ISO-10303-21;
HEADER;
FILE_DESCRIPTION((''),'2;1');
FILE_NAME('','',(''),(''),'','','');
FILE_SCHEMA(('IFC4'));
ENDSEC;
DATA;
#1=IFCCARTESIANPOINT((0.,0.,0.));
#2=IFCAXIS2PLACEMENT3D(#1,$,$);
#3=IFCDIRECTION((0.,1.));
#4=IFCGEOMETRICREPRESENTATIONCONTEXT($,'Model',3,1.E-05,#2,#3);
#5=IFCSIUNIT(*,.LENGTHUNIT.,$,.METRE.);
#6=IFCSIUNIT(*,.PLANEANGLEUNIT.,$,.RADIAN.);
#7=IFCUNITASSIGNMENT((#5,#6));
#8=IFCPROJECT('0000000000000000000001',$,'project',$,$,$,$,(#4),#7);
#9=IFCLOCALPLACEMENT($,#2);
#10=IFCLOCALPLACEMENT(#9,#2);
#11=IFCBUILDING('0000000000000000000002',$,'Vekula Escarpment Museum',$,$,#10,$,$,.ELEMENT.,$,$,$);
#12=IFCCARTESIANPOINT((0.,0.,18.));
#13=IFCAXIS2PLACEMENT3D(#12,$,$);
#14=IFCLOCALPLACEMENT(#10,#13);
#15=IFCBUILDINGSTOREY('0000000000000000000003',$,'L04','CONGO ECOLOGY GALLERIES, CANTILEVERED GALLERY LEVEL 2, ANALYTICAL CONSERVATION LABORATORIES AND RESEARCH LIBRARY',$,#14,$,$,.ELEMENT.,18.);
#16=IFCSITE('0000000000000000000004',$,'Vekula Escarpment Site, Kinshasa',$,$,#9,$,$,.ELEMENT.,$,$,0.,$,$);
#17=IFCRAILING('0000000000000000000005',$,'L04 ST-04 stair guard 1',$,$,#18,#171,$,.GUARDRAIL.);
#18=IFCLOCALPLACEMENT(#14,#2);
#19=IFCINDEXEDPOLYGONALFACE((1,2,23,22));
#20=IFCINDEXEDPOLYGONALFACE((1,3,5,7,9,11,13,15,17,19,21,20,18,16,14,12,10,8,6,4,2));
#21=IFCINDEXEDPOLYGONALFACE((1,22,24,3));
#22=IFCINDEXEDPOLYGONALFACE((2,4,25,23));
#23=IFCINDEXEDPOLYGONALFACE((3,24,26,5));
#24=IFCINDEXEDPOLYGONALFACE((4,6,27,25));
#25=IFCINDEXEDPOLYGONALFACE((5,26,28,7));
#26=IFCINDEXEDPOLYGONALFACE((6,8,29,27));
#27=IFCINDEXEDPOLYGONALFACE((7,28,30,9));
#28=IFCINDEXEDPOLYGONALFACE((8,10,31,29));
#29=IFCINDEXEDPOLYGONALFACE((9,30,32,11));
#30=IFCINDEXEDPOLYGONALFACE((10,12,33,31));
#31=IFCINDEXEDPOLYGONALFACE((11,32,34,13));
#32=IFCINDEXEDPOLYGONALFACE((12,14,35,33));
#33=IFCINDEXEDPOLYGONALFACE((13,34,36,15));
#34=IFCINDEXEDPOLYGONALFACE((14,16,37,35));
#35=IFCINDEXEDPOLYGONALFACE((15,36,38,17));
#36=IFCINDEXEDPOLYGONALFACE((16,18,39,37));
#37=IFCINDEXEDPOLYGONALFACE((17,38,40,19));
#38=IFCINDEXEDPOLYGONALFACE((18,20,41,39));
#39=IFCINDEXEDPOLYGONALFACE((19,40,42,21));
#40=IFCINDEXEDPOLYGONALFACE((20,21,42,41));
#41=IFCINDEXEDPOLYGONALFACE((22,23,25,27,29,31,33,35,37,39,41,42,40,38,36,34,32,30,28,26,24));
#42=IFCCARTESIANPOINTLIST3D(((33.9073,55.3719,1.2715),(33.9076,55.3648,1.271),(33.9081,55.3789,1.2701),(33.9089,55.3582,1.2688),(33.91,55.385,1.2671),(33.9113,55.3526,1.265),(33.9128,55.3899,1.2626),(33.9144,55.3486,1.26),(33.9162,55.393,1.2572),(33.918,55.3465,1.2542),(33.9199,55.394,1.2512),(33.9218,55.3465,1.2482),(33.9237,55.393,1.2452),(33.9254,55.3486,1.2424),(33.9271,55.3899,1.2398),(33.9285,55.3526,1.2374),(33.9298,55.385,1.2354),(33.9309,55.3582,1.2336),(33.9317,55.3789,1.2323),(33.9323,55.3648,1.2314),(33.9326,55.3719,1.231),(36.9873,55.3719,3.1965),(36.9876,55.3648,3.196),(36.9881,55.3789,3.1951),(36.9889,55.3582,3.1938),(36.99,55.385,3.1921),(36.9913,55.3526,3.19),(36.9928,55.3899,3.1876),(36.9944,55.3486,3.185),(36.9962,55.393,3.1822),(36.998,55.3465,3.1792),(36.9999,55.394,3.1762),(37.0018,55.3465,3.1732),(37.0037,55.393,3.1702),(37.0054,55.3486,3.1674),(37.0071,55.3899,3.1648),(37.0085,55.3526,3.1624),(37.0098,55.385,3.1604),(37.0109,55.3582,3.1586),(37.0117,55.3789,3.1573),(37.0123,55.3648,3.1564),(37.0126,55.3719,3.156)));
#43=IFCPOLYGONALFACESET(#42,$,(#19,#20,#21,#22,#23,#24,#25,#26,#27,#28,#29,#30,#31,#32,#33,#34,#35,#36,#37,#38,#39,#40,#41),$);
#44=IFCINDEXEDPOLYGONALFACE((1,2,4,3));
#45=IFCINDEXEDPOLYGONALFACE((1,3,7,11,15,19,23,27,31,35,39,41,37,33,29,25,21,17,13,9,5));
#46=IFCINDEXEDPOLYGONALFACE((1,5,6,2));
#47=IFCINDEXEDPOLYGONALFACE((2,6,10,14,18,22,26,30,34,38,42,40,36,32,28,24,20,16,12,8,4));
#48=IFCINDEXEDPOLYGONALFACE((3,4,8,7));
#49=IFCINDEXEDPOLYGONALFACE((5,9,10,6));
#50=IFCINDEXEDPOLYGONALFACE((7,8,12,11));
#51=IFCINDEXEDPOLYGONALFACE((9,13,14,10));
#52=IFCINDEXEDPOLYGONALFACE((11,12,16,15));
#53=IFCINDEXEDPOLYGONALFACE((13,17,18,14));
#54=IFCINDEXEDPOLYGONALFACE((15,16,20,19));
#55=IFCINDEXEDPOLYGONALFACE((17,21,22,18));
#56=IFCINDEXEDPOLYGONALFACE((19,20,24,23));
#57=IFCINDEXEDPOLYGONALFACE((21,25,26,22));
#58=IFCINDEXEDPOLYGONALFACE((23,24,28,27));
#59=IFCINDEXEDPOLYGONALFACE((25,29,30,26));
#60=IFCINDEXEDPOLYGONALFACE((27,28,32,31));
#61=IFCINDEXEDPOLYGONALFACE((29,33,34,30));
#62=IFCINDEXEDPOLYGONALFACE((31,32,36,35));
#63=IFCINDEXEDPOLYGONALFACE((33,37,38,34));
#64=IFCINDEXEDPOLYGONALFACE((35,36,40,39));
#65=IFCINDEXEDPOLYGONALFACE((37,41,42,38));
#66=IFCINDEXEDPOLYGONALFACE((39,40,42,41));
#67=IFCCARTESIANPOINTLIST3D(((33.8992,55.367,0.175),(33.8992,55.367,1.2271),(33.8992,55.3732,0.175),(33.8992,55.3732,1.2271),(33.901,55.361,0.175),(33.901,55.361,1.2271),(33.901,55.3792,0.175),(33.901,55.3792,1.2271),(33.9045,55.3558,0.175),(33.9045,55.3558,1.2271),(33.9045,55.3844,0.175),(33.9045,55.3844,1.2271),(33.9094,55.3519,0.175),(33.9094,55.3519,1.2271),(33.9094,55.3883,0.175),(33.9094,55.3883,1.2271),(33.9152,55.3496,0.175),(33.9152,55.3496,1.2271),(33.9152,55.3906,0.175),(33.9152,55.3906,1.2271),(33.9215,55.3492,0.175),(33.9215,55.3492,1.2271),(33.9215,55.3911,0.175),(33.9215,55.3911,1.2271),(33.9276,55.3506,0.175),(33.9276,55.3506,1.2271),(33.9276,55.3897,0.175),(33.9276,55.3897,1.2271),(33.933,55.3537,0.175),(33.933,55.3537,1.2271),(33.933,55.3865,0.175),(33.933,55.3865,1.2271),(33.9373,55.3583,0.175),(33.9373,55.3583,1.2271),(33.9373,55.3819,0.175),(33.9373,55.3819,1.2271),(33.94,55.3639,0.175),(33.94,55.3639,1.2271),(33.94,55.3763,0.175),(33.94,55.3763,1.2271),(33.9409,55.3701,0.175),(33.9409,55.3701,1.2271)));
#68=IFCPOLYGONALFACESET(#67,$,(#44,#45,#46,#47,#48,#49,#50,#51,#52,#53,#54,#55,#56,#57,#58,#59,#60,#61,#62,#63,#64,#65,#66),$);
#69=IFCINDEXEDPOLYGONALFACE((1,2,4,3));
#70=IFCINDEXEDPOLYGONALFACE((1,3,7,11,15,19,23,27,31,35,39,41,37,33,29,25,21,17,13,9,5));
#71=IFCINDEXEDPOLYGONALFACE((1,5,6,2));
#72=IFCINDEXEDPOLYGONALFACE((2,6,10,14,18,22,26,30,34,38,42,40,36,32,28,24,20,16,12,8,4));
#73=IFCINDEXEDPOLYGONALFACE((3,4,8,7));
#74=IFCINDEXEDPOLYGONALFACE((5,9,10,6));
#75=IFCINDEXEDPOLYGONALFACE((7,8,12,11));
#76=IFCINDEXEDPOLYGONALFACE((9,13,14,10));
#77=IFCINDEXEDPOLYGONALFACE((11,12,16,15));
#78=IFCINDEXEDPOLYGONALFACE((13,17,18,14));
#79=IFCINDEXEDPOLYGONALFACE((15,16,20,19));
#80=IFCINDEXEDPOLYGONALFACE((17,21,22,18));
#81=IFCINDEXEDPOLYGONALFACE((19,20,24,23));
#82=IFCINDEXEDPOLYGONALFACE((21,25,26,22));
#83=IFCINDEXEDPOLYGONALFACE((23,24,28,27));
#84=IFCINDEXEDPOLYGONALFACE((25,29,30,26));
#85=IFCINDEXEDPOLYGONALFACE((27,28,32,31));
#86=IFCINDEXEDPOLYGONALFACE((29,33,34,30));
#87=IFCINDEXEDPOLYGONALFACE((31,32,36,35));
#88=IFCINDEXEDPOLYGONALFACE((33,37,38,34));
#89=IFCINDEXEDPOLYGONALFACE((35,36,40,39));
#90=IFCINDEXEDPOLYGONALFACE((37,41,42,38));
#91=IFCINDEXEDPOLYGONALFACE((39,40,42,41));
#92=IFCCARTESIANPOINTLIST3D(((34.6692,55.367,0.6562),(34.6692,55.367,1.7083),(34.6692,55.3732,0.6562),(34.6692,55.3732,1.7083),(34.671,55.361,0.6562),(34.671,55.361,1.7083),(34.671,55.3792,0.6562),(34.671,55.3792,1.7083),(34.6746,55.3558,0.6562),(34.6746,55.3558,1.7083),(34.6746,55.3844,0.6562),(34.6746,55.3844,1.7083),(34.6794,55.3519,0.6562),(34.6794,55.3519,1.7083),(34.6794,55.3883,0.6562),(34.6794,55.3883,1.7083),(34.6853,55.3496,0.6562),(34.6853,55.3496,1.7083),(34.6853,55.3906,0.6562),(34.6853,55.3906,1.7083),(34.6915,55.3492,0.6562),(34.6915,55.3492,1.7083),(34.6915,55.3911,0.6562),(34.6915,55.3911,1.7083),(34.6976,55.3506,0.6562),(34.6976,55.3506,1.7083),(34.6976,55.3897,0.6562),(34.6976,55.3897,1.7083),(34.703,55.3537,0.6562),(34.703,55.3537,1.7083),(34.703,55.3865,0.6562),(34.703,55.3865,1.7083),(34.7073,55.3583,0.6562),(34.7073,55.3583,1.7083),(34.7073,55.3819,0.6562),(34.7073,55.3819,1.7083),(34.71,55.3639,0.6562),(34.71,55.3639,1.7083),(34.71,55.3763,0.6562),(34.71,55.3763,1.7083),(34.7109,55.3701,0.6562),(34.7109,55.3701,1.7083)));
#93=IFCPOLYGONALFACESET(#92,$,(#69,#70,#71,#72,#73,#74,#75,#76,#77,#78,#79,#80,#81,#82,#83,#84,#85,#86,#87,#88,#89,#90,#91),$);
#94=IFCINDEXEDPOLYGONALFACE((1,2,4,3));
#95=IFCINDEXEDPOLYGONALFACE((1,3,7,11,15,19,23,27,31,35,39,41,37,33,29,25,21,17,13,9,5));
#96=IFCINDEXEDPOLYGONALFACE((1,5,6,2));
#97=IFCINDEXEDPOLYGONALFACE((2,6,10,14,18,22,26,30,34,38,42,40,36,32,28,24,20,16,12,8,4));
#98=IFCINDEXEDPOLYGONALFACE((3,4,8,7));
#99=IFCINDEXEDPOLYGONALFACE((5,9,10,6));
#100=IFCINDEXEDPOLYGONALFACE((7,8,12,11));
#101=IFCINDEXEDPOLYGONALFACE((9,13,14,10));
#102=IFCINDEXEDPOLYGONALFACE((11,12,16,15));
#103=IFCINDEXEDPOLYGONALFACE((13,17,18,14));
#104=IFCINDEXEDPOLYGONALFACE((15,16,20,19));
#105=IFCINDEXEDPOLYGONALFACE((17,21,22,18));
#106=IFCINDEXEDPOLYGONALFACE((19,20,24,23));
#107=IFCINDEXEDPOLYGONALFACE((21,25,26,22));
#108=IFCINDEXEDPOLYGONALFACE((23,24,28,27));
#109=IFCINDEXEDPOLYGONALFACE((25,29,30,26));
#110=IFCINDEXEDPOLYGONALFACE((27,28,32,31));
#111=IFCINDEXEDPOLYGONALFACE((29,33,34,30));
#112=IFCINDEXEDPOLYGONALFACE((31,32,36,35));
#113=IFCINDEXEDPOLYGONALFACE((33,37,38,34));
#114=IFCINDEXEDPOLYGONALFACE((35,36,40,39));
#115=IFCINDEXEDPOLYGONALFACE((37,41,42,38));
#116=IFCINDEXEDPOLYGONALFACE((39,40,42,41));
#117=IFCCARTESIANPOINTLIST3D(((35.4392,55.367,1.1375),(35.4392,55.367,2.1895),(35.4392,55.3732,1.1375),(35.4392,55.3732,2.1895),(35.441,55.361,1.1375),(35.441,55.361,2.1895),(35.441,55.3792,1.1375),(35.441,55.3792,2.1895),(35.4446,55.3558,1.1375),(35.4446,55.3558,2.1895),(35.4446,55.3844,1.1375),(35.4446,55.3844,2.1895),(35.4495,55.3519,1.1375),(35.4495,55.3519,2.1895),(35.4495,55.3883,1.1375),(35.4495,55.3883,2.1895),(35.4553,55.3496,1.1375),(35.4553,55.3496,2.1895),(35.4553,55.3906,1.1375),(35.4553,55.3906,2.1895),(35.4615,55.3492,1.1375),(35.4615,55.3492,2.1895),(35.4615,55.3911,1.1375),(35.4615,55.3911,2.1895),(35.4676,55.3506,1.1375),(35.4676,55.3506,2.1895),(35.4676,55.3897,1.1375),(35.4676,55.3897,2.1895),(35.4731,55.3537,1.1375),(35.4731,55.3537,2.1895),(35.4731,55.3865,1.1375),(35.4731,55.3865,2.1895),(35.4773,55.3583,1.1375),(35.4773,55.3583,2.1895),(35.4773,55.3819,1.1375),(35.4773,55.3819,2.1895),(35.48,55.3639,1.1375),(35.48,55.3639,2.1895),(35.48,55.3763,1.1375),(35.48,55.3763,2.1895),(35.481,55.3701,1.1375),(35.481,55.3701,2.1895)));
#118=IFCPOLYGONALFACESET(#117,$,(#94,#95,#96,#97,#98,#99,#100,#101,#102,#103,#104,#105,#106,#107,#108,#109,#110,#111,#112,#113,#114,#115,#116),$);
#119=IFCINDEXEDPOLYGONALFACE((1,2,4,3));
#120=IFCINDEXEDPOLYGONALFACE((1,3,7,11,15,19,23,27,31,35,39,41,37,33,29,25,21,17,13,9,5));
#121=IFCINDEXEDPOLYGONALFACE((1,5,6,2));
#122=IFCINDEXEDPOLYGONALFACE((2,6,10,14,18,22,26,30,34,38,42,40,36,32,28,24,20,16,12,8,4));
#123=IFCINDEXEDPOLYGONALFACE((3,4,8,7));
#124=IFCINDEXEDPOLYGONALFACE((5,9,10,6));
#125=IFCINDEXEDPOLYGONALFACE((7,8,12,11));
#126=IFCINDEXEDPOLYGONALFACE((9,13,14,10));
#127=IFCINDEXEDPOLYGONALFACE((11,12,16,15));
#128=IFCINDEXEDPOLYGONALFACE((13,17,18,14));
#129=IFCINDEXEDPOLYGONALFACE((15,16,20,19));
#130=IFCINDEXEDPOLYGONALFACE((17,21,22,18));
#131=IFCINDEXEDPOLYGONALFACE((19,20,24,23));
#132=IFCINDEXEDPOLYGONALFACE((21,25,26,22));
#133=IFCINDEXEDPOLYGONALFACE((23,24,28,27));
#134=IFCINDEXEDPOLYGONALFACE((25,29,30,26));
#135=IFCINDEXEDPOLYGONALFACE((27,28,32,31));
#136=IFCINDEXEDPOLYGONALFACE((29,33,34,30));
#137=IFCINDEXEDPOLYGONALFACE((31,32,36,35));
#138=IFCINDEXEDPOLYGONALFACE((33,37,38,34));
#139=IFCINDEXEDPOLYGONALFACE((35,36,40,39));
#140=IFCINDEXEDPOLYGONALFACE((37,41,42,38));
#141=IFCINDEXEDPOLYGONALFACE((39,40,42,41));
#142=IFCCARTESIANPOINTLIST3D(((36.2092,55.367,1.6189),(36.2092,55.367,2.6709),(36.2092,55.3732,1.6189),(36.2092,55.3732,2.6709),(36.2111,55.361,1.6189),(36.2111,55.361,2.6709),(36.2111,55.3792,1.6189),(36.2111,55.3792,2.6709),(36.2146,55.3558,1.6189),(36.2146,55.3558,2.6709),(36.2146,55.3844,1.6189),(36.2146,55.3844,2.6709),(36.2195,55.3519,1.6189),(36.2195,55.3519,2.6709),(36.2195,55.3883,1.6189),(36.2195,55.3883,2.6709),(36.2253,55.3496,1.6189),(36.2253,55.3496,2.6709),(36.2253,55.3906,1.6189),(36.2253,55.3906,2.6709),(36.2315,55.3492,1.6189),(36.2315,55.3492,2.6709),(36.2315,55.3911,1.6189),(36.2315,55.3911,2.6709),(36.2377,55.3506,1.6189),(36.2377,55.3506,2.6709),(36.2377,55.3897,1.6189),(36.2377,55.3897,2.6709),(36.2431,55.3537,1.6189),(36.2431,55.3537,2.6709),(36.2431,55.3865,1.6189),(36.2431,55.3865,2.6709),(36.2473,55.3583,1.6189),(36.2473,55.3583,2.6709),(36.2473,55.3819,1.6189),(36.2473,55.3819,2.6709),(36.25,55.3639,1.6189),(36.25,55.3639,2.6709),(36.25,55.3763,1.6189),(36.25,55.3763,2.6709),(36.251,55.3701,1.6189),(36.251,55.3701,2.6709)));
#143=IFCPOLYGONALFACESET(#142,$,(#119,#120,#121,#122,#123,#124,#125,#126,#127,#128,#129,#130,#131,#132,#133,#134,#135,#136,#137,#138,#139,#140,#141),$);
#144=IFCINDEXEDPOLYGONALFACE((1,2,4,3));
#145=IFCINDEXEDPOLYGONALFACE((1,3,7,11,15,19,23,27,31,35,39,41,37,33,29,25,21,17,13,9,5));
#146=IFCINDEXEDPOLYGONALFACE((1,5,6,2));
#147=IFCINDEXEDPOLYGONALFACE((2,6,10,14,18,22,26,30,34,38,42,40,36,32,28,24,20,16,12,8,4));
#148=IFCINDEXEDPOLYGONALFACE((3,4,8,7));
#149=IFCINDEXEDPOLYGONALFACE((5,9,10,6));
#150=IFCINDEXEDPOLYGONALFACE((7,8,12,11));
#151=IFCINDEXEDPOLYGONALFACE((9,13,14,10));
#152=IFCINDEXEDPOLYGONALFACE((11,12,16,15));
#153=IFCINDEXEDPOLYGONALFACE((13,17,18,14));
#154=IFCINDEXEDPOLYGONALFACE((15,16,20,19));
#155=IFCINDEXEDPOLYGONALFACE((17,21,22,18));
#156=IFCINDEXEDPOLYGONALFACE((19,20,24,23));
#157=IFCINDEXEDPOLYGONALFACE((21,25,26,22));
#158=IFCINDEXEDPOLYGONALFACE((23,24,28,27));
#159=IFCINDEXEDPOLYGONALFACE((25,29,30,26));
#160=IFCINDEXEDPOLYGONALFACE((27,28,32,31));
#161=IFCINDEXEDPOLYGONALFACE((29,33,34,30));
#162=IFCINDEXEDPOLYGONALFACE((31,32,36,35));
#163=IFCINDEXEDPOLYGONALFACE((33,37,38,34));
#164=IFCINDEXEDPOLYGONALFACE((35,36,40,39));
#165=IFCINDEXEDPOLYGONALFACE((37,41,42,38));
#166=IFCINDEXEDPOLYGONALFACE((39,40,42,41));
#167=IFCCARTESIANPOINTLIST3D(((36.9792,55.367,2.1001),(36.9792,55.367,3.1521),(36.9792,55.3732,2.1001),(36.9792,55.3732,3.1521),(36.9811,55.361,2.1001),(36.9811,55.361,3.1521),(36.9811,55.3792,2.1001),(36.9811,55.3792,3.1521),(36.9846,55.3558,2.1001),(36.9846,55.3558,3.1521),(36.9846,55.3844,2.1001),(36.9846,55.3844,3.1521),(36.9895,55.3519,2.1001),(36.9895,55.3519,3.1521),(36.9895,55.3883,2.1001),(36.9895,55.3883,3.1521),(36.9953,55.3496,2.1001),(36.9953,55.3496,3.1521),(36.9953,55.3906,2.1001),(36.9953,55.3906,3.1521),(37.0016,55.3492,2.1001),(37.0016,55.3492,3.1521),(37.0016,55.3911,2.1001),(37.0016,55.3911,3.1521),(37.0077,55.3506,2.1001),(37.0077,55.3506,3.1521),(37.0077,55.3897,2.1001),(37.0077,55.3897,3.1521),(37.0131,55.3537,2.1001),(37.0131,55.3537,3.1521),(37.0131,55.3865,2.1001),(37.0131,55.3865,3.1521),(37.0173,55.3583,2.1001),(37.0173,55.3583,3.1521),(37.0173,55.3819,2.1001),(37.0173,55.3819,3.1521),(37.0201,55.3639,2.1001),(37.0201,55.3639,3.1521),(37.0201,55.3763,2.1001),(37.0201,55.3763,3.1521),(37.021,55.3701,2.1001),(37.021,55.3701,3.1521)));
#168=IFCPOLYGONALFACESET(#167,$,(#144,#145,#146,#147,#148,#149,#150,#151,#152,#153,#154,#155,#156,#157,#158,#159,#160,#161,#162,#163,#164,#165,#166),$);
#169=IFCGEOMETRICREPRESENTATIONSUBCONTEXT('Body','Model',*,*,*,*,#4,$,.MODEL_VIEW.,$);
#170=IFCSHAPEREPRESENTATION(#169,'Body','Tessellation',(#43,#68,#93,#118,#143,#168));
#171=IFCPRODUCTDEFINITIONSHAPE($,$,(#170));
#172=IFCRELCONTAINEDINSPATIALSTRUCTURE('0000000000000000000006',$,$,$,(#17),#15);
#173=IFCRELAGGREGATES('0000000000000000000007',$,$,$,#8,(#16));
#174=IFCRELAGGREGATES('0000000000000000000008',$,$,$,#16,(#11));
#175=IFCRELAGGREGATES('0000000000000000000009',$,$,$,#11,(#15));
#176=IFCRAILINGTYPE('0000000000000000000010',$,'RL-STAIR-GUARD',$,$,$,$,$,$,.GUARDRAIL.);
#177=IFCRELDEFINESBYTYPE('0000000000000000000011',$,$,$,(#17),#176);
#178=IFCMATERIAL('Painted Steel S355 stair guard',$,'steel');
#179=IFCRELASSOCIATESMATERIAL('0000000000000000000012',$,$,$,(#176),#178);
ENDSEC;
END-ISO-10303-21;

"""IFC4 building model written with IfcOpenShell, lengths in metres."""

from ifc_helpers import new_model, si_unit, direction, frame, origin, origin_2d, place, context, subcontext, project, spatial, circle, extrude, material, type_object, element, save


model = new_model("IFC4")

# Units and contexts
model_context = context("Model", 3, precision=1e-05, world=origin(), true_north=direction((0.0, 1.0)))
body_context = subcontext(model_context, "Body", "Model", "MODEL_VIEW")
ifc_project = project(units=[si_unit("LENGTHUNIT", "METRE"), si_unit("PLANEANGLEUNIT", "RADIAN")], contexts=[model_context])

# Site, building, storey
site_placement = place(None, origin())
site = spatial("IfcSite", under=ifc_project, at=site_placement, Name="Vekula Escarpment Site, Kinshasa", CompositionType="ELEMENT", RefElevation=0.0)
building_placement = place(site_placement, origin())
building = spatial("IfcBuilding", under=site, at=building_placement, Name="Vekula Escarpment Museum", CompositionType="ELEMENT")
storey_placement = place(building_placement, frame((0.0, 0.0, 18.0)))
storey = spatial("IfcBuildingStorey", under=building, at=storey_placement, Name="L04", Description="CONGO ECOLOGY GALLERIES, CANTILEVERED GALLERY LEVEL 2, ANALYTICAL CONSERVATION LABORATORIES AND RESEARCH LIBRARY", CompositionType="ELEMENT", Elevation=18.0)

# Railing
ifc_material_1 = material(Name="Painted Steel S355 stair guard", Category="steel")
railing_type_1 = type_object("IfcRailingType", Name="RL-STAIR-GUARD", PredefinedType="GUARDRAIL", material=ifc_material_1)
railing_1_placement = place(storey_placement, frame((33.9199, 55.3701, 0.175)))
element("IfcRailing", 1, at=railing_1_placement, inside=storey, type_object=railing_type_1, Name="L04 ST-04 stair guard 1", PredefinedType="GUARDRAIL", context=body_context, shape_type="SweptSolid", body=[
    extrude(circle(Radius=0.0239, at=origin_2d()), frame((0.0, 0.0, 1.0762), z_axis=(0.847998, 0.0, 0.529999), x_axis=(0.0, 1.0, 0.0)), (0.0, 0.0, 1.0), 3.6321),
    extrude(circle(Radius=0.021, at=origin_2d()), origin(), (0.0, 0.0, 1.0), 1.052),
    extrude(circle(Radius=0.021, at=origin_2d()), frame((0.77, 0.0, 0.4812)), (0.0, 0.0, 1.0), 1.052),
    extrude(circle(Radius=0.021, at=origin_2d()), frame((1.54, 0.0, 0.9624)), (0.0, 0.0, 1.0), 1.052),
    extrude(circle(Radius=0.021, at=origin_2d()), frame((2.3101, 0.0, 1.4438)), (0.0, 0.0, 1.0), 1.052),
    extrude(circle(Radius=0.021, at=origin_2d()), frame((3.0801, 0.0, 1.925)), (0.0, 0.0, 1.0), 1.052),
])

save(model, "model.ifc")
